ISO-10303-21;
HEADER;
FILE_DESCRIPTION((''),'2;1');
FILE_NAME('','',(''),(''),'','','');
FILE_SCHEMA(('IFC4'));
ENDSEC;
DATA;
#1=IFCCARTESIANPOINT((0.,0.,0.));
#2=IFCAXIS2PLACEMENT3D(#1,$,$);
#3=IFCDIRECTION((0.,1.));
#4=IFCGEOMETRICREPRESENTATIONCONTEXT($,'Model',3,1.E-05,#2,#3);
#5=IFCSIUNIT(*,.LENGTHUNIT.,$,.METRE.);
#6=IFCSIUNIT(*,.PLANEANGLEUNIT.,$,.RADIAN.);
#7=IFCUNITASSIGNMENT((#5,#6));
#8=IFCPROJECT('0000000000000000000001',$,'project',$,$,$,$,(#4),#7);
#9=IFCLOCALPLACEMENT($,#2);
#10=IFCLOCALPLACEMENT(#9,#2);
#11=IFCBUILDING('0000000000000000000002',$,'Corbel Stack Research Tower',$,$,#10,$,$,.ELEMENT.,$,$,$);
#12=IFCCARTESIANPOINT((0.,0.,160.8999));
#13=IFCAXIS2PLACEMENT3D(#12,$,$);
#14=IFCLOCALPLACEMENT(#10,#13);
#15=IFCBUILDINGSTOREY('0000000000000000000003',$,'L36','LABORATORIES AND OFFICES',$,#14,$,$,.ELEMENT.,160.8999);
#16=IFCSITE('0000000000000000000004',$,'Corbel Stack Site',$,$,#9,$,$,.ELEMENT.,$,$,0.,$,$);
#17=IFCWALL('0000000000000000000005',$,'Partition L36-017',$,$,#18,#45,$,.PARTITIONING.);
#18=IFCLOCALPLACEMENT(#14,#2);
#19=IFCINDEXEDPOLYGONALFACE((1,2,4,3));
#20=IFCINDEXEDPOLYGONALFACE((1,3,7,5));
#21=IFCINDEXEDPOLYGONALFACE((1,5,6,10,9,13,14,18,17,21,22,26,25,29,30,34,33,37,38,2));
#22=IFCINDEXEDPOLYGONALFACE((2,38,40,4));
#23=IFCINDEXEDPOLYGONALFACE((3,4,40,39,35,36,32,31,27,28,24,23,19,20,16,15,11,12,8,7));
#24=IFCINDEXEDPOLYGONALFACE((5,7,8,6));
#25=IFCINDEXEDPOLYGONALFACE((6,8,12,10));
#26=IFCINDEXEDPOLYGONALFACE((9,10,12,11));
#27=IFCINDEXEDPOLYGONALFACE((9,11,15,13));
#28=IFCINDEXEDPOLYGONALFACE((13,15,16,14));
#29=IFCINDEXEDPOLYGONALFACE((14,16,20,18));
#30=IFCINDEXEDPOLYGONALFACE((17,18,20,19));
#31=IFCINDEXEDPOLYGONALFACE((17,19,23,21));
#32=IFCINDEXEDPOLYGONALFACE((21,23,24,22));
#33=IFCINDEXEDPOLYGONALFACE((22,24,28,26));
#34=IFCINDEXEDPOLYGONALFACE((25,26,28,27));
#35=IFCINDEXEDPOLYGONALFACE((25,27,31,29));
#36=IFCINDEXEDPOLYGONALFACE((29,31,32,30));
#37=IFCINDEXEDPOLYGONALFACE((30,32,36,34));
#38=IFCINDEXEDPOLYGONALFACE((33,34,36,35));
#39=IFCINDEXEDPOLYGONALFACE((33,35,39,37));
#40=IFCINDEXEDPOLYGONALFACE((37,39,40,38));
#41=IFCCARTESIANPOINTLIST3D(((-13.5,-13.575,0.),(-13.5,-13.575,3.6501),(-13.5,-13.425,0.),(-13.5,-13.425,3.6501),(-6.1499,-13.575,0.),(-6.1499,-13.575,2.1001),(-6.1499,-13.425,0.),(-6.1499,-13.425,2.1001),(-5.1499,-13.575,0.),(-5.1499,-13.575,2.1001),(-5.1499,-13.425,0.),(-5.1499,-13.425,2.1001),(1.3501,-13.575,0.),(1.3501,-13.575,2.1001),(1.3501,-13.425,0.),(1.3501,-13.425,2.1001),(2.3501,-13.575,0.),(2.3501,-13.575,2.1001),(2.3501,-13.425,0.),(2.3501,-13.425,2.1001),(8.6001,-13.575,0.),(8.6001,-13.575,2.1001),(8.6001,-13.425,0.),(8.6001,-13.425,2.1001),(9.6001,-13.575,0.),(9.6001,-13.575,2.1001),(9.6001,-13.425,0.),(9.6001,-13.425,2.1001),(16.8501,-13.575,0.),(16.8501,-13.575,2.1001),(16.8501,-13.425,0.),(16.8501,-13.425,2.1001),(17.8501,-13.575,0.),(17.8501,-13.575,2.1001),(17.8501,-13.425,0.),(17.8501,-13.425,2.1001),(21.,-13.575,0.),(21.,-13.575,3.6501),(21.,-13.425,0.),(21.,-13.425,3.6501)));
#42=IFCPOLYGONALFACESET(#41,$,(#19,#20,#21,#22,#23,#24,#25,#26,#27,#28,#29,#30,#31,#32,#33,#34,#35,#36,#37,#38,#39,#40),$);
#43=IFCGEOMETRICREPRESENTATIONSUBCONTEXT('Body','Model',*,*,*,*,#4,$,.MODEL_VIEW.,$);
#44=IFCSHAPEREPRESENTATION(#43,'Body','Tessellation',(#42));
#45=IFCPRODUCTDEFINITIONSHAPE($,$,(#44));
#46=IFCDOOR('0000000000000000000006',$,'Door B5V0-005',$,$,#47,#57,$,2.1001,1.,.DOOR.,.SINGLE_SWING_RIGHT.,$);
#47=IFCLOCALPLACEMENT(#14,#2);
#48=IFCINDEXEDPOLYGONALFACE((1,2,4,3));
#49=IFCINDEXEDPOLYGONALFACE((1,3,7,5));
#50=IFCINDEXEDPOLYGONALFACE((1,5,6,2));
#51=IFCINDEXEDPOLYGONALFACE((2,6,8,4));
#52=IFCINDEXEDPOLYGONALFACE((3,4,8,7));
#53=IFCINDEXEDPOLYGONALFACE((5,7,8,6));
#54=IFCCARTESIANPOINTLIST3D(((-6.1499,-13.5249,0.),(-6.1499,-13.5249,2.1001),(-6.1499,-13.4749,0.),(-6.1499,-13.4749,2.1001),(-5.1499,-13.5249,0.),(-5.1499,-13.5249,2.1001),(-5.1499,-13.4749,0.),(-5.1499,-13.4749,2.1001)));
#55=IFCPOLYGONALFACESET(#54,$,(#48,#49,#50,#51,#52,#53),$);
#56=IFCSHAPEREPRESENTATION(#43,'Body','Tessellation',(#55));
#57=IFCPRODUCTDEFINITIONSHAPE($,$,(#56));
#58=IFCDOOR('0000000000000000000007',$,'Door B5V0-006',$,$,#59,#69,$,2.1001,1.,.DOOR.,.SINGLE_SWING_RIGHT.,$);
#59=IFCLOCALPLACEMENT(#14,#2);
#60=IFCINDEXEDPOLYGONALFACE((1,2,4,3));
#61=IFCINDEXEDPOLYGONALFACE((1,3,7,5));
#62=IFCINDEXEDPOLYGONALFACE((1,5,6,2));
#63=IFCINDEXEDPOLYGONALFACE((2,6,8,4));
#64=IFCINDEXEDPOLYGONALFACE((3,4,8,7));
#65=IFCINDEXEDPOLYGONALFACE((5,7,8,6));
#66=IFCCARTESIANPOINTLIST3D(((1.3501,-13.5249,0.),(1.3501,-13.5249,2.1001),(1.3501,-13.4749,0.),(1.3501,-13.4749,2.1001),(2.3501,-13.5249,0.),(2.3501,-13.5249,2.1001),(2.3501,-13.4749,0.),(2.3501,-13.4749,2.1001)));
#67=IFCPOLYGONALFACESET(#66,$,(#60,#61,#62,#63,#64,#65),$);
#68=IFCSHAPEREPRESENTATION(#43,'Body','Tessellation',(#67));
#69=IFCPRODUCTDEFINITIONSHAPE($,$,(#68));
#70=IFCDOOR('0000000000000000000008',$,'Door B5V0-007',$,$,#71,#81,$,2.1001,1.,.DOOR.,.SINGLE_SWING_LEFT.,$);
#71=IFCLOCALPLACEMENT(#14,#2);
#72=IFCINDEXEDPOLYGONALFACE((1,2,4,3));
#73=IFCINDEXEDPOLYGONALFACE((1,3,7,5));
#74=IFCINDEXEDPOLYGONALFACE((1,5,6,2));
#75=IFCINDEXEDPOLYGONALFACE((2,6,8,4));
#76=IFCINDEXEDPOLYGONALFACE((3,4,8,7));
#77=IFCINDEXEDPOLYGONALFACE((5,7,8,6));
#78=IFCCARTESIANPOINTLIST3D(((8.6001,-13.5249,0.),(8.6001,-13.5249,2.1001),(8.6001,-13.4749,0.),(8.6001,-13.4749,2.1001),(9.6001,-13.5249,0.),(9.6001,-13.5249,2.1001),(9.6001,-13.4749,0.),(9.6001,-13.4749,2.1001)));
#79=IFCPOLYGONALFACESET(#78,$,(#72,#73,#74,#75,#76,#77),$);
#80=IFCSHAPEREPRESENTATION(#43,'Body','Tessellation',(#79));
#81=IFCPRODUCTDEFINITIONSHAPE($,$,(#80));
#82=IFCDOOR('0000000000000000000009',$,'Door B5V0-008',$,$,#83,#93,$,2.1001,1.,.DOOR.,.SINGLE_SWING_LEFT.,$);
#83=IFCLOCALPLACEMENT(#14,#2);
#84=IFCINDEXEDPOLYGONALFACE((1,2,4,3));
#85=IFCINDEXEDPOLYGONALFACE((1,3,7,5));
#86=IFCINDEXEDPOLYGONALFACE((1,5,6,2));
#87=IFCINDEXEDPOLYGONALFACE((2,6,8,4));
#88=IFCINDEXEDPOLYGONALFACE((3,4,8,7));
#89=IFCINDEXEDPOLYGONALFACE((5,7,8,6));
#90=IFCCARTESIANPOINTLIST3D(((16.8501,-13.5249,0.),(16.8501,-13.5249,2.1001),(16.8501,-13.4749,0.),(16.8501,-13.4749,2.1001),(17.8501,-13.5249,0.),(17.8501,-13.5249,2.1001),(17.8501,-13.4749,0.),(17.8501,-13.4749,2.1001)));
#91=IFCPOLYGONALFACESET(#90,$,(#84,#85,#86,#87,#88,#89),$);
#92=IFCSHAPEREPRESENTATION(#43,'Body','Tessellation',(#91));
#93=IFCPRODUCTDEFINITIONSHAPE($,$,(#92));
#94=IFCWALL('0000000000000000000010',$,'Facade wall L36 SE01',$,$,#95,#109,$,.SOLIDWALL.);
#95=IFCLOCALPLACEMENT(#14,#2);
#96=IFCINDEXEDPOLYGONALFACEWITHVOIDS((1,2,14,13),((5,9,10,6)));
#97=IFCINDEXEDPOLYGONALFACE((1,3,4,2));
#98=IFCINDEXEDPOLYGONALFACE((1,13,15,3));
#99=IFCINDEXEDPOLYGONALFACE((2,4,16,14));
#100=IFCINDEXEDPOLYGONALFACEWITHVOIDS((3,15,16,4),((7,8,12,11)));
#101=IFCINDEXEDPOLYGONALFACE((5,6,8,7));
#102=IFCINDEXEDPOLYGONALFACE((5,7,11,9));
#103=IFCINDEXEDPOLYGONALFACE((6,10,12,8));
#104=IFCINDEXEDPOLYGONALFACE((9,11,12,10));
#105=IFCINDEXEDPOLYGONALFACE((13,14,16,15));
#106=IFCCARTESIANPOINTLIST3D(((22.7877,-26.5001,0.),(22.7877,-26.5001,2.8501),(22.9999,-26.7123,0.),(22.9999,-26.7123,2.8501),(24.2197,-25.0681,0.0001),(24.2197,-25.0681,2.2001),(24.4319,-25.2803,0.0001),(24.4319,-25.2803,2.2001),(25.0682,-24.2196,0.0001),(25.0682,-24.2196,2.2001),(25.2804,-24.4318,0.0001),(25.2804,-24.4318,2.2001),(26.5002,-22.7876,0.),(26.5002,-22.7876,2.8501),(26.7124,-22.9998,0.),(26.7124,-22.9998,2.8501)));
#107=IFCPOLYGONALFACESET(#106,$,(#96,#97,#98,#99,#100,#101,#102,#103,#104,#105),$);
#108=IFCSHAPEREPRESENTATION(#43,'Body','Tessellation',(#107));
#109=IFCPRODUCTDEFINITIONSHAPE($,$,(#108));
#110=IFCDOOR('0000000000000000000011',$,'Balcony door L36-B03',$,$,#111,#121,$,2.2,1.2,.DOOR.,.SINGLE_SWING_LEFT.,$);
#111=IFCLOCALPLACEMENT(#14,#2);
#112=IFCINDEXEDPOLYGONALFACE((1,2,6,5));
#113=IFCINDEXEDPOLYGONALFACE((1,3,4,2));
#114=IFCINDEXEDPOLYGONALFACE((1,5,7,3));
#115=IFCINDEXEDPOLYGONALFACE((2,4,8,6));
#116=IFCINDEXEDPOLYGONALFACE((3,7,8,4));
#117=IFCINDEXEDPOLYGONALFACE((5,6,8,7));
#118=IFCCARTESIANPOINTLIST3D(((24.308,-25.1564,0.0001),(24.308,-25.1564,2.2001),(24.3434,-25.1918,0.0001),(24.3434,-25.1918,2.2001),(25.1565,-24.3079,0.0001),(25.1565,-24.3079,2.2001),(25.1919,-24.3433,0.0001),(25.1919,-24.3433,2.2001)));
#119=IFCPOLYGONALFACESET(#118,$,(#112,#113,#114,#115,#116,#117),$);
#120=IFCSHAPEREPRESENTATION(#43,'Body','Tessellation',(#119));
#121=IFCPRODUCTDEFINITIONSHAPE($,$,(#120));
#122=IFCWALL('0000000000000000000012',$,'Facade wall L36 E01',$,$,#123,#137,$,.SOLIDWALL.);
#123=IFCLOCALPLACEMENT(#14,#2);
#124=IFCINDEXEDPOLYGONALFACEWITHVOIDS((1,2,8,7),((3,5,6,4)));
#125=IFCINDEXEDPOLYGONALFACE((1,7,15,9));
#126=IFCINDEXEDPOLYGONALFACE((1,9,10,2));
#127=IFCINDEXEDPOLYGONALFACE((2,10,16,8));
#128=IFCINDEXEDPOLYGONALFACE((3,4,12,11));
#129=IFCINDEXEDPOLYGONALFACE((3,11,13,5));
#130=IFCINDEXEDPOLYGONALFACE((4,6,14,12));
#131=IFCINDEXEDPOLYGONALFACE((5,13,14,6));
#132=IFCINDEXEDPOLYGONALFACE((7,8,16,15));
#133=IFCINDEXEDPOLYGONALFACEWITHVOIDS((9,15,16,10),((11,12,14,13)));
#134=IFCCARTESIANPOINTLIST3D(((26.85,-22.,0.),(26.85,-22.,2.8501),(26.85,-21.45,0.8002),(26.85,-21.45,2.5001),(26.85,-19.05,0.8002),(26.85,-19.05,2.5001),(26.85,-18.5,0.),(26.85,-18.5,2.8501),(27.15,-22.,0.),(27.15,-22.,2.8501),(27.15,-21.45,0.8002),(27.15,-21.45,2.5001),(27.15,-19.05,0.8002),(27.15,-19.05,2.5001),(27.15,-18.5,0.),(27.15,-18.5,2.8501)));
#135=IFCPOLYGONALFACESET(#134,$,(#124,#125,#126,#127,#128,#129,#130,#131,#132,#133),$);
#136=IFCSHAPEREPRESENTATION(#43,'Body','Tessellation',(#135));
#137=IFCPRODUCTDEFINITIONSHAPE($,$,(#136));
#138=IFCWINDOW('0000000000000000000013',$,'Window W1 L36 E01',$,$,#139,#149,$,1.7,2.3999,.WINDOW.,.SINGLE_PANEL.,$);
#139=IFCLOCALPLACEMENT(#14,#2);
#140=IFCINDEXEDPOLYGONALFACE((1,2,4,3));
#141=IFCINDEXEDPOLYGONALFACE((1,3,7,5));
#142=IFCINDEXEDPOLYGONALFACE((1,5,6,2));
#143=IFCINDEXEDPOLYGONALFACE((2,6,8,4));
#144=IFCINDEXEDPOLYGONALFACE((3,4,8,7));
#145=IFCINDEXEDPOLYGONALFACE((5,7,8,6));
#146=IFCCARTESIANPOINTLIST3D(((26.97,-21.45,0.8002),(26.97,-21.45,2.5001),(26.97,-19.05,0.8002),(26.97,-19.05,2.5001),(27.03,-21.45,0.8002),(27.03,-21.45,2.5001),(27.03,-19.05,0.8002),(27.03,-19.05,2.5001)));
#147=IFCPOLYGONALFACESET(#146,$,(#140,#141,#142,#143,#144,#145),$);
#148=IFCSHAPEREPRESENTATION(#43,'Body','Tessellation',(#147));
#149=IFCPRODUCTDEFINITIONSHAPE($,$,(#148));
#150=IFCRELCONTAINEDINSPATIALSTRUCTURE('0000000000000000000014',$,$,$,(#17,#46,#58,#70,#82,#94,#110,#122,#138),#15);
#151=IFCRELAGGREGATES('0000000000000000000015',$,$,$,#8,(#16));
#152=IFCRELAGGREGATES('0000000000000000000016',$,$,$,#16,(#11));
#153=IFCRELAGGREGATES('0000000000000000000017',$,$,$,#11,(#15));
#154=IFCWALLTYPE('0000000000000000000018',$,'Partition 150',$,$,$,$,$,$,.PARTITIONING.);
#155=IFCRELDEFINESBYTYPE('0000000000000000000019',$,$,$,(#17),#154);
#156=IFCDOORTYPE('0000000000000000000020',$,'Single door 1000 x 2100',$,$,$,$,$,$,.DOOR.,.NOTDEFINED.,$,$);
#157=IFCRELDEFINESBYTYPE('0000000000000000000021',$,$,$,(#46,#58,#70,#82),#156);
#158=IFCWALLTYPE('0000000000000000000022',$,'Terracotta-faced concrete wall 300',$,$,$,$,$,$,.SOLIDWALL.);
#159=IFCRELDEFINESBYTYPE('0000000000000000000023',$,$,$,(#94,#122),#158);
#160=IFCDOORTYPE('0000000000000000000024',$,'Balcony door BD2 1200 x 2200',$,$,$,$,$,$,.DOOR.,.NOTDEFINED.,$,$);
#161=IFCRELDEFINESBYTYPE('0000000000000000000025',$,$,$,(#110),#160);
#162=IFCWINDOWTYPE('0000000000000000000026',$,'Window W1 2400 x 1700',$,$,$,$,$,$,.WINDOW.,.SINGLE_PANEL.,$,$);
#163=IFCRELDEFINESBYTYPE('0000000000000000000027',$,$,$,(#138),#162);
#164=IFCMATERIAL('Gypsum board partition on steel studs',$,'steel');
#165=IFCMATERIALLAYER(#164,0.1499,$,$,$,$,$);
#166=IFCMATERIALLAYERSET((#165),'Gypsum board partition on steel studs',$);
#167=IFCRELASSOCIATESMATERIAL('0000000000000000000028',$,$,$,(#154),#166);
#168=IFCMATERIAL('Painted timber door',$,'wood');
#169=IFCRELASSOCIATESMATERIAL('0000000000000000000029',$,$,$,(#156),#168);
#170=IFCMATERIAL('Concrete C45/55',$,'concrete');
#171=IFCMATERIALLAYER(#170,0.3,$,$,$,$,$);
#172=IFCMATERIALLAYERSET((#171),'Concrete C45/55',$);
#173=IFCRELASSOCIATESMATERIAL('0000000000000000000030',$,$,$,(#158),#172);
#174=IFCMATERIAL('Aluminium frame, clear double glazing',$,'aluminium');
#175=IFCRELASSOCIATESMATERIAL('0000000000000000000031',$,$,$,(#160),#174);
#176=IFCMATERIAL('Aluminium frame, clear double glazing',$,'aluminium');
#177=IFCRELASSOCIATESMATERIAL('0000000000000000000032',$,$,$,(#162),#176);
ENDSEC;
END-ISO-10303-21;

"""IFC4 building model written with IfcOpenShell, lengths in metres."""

from ifc_helpers import new_model, si_unit, direction, frame, frame_2d, origin, place, context, subcontext, project, spatial, rectangle, extrude, material, layer, layer_set, type_object, element, fill, save


model = new_model("IFC4")

# Units and contexts
model_context = context("Model", 3, precision=1e-05, world=origin(), true_north=direction((0.0, 1.0)))
body_context = subcontext(model_context, "Body", "Model", "MODEL_VIEW")
ifc_project = project(units=[si_unit("LENGTHUNIT", "METRE"), si_unit("PLANEANGLEUNIT", "RADIAN")], contexts=[model_context])

# Site, building, storey
site_placement = place(None, origin())
site = spatial("IfcSite", under=ifc_project, at=site_placement, Name="Corbel Stack Site", CompositionType="ELEMENT", RefElevation=0.0)
building_placement = place(site_placement, origin())
building = spatial("IfcBuilding", under=site, at=building_placement, Name="Corbel Stack Research Tower", CompositionType="ELEMENT")
storey_placement = place(building_placement, frame((0.0, 0.0, 160.8999)))
storey = spatial("IfcBuildingStorey", under=building, at=storey_placement, Name="L36", Description="LABORATORIES AND OFFICES", CompositionType="ELEMENT", Elevation=160.8999)

# Wall, openings, doors
ifc_material_1 = material(Name="Gypsum board partition on steel studs", Category="steel")
ifc_layer_1 = layer(ifc_material_1, 0.1499)
ifc_layer_set_1 = layer_set([ifc_layer_1], Name="Gypsum board partition on steel studs")
wall_type_1 = type_object("IfcWallType", Name="Partition 150", PredefinedType="PARTITIONING", material=ifc_layer_set_1)
ifc_material_2 = material(Name="Painted timber door", Category="wood")
door_type_1 = type_object("IfcDoorType", Name="Single door 1000 x 2100", OperationType="NOTDEFINED", PredefinedType="DOOR", material=ifc_material_2)
wall_1_placement = place(storey_placement, frame((21.0, -13.5, 0.0), z_axis=(0.0, 0.0, 1.0), x_axis=(-1.0, 0.0, 0.0)))
wall_1 = element("IfcWall", 1, at=wall_1_placement, inside=storey, type_object=wall_type_1, Name="Partition L36-017", PredefinedType="PARTITIONING", context=body_context, shape_type="SweptSolid", body=[
    extrude(rectangle(XDim=34.5, YDim=0.1499, at=frame_2d((17.25, 0.0))), origin(), (0.0, 0.0, 1.0), 3.6501),
])
opening_1_placement = place(wall_1_placement, frame((26.1499, 0.0, 0.0)))
opening_1 = element("IfcOpeningElement", 2, at=opening_1_placement, cuts=wall_1, PredefinedType="OPENING", context=body_context, shape_type="SweptSolid", body=[
    extrude(rectangle(XDim=1.0, YDim=2.1001, at=frame_2d((0.5, 1.05))), frame((0.0, 0.085, 0.0), z_axis=(0.0, -1.0, 0.0), x_axis=(1.0, 0.0, 0.0)), (0.0, 0.0, 1.0), 0.1699),
])
opening_2_placement = place(wall_1_placement, frame((18.6499, 0.0, 0.0)))
opening_2 = element("IfcOpeningElement", 3, at=opening_2_placement, cuts=wall_1, PredefinedType="OPENING", context=body_context, shape_type="SweptSolid", body=[
    extrude(rectangle(XDim=1.0, YDim=2.1001, at=frame_2d((0.5, 1.05))), frame((0.0, 0.085, 0.0), z_axis=(0.0, -1.0, 0.0), x_axis=(1.0, 0.0, 0.0)), (0.0, 0.0, 1.0), 0.1699),
])
opening_3_placement = place(wall_1_placement, frame((11.3999, 0.0, 0.0)))
opening_3 = element("IfcOpeningElement", 4, at=opening_3_placement, cuts=wall_1, PredefinedType="OPENING", context=body_context, shape_type="SweptSolid", body=[
    extrude(rectangle(XDim=1.0, YDim=2.1001, at=frame_2d((0.5, 1.05))), frame((0.0, 0.085, 0.0), z_axis=(0.0, -1.0, 0.0), x_axis=(1.0, 0.0, 0.0)), (0.0, 0.0, 1.0), 0.1699),
])
opening_4_placement = place(wall_1_placement, frame((3.1499, 0.0, 0.0)))
opening_4 = element("IfcOpeningElement", 5, at=opening_4_placement, cuts=wall_1, PredefinedType="OPENING", context=body_context, shape_type="SweptSolid", body=[
    extrude(rectangle(XDim=1.0, YDim=2.1001, at=frame_2d((0.5, 1.05))), frame((0.0, 0.085, 0.0), z_axis=(0.0, -1.0, 0.0), x_axis=(1.0, 0.0, 0.0)), (0.0, 0.0, 1.0), 0.1699),
])
door_1_placement = place(opening_1_placement, origin())
door_1 = element("IfcDoor", 6, at=door_1_placement, inside=storey, type_object=door_type_1, Name="Door B5V0-005", OperationType="SINGLE_SWING_RIGHT", OverallHeight=2.1001, OverallWidth=1.0, PredefinedType="DOOR", context=body_context, shape_type="SweptSolid", body=[
    extrude(rectangle(XDim=1.0, YDim=2.1001, at=frame_2d((0.5, 1.05))), frame((0.0, 0.0249, 0.0), z_axis=(0.0, -1.0, 0.0), x_axis=(1.0, 0.0, 0.0)), (0.0, 0.0, 1.0), 0.05),
])
fill(opening_1, door_1)
door_2_placement = place(opening_2_placement, origin())
door_2 = element("IfcDoor", 7, at=door_2_placement, inside=storey, type_object=door_type_1, Name="Door B5V0-006", OperationType="SINGLE_SWING_RIGHT", OverallHeight=2.1001, OverallWidth=1.0, PredefinedType="DOOR", context=body_context, shape_type="SweptSolid", body=[
    extrude(rectangle(XDim=1.0, YDim=2.1001, at=frame_2d((0.5, 1.05))), frame((0.0, 0.0249, 0.0), z_axis=(0.0, -1.0, 0.0), x_axis=(1.0, 0.0, 0.0)), (0.0, 0.0, 1.0), 0.05),
])
fill(opening_2, door_2)
door_3_placement = place(opening_3_placement, origin())
door_3 = element("IfcDoor", 8, at=door_3_placement, inside=storey, type_object=door_type_1, Name="Door B5V0-007", OperationType="SINGLE_SWING_LEFT", OverallHeight=2.1001, OverallWidth=1.0, PredefinedType="DOOR", context=body_context, shape_type="SweptSolid", body=[
    extrude(rectangle(XDim=1.0, YDim=2.1001, at=frame_2d((0.5, 1.05))), frame((0.0, 0.0249, 0.0), z_axis=(0.0, -1.0, 0.0), x_axis=(1.0, 0.0, 0.0)), (0.0, 0.0, 1.0), 0.05),
])
fill(opening_3, door_3)
door_4_placement = place(opening_4_placement, origin())
door_4 = element("IfcDoor", 9, at=door_4_placement, inside=storey, type_object=door_type_1, Name="Door B5V0-008", OperationType="SINGLE_SWING_LEFT", OverallHeight=2.1001, OverallWidth=1.0, PredefinedType="DOOR", context=body_context, shape_type="SweptSolid", body=[
    extrude(rectangle(XDim=1.0, YDim=2.1001, at=frame_2d((0.5, 1.05))), frame((0.0, 0.0249, 0.0), z_axis=(0.0, -1.0, 0.0), x_axis=(1.0, 0.0, 0.0)), (0.0, 0.0, 1.0), 0.05),
])
fill(opening_4, door_4)

# Wall, opening, door
ifc_material_3 = material(Name="Concrete C45/55", Category="concrete")
ifc_layer_2 = layer(ifc_material_3, 0.3)
ifc_layer_set_2 = layer_set([ifc_layer_2], Name="Concrete C45/55")
wall_type_2 = type_object("IfcWallType", Name="Terracotta-faced concrete wall 300", PredefinedType="SOLIDWALL", material=ifc_layer_set_2)
wall_2_placement = place(storey_placement, frame((26.6062, -22.8938, 0.0), z_axis=(0.0, 0.0, 1.0), x_axis=(-0.707107, -0.707107, 0.0)))
wall_2 = element("IfcWall", 10, at=wall_2_placement, inside=storey, type_object=wall_type_2, Name="Facade wall L36 SE01", PredefinedType="SOLIDWALL", context=body_context, shape_type="SweptSolid", body=[
    extrude(rectangle(XDim=5.2502, YDim=0.3, at=frame_2d((2.625, 0.0))), origin(), (0.0, 0.0, 1.0), 2.8501),
])
opening_5_placement = place(wall_2_placement, frame((2.0249, 0.0, 0.0)))
opening_5 = element("IfcOpeningElement", 11, at=opening_5_placement, cuts=wall_2, PredefinedType="OPENING", context=body_context, shape_type="SweptSolid", body=[
    extrude(rectangle(XDim=1.2, YDim=2.2, at=frame_2d((0.6001, 1.1001))), frame((0.0, 0.1599, 0.0), z_axis=(0.0, -1.0, 0.0), x_axis=(1.0, 0.0, 0.0)), (0.0, 0.0, 1.0), 0.3201),
])
ifc_material_4 = material(Name="Aluminium frame, clear double glazing", Category="aluminium")
door_type_2 = type_object("IfcDoorType", Name="Balcony door BD2 1200 x 2200", OperationType="NOTDEFINED", PredefinedType="DOOR", material=ifc_material_4)
door_5_placement = place(opening_5_placement, origin())
door_5 = element("IfcDoor", 12, at=door_5_placement, inside=storey, type_object=door_type_2, Name="Balcony door L36-B03", OperationType="SINGLE_SWING_LEFT", OverallHeight=2.2, OverallWidth=1.2, PredefinedType="DOOR", context=body_context, shape_type="SweptSolid", body=[
    extrude(rectangle(XDim=1.2, YDim=2.2, at=frame_2d((0.6001, 1.1001))), frame((0.0, 0.0249, 0.0), z_axis=(0.0, -1.0, 0.0), x_axis=(1.0, 0.0, 0.0)), (0.0, 0.0, 1.0), 0.05),
])
fill(opening_5, door_5)

# Wall, opening, window
wall_3_placement = place(storey_placement, frame((27.0, -18.5, 0.0), z_axis=(0.0, 0.0, 1.0), x_axis=(0.0, -1.0, 0.0)))
wall_3 = element("IfcWall", 13, at=wall_3_placement, inside=storey, type_object=wall_type_2, Name="Facade wall L36 E01", PredefinedType="SOLIDWALL", context=body_context, shape_type="SweptSolid", body=[
    extrude(rectangle(XDim=3.5, YDim=0.3, at=frame_2d((1.75, 0.0))), origin(), (0.0, 0.0, 1.0), 2.8501),
])
opening_6_placement = place(wall_3_placement, frame((0.55, 0.0, 0.8)))
opening_6 = element("IfcOpeningElement", 14, at=opening_6_placement, cuts=wall_3, PredefinedType="OPENING", context=body_context, shape_type="SweptSolid", body=[
    extrude(rectangle(XDim=2.3999, YDim=1.7, at=frame_2d((1.2, 0.8501))), frame((0.0, 0.1599, 0.0), z_axis=(0.0, -1.0, 0.0), x_axis=(1.0, 0.0, 0.0)), (0.0, 0.0, 1.0), 0.3201),
])
ifc_material_5 = material(Name="Aluminium frame, clear double glazing", Category="aluminium")
window_type = type_object("IfcWindowType", Name="Window W1 2400 x 1700", PartitioningType="SINGLE_PANEL", PredefinedType="WINDOW", material=ifc_material_5)
window_placement = place(opening_6_placement, origin())
window = element("IfcWindow", 15, at=window_placement, inside=storey, type_object=window_type, Name="Window W1 L36 E01", OverallHeight=1.7, OverallWidth=2.3999, PartitioningType="SINGLE_PANEL", PredefinedType="WINDOW", context=body_context, shape_type="SweptSolid", body=[
    extrude(rectangle(XDim=2.3999, YDim=1.7, at=frame_2d((1.2, 0.8501))), frame((0.0, 0.03, 0.0), z_axis=(0.0, -1.0, 0.0), x_axis=(1.0, 0.0, 0.0)), (0.0, 0.0, 1.0), 0.0601),
])
fill(opening_6, window)

save(model, "model.ifc")
